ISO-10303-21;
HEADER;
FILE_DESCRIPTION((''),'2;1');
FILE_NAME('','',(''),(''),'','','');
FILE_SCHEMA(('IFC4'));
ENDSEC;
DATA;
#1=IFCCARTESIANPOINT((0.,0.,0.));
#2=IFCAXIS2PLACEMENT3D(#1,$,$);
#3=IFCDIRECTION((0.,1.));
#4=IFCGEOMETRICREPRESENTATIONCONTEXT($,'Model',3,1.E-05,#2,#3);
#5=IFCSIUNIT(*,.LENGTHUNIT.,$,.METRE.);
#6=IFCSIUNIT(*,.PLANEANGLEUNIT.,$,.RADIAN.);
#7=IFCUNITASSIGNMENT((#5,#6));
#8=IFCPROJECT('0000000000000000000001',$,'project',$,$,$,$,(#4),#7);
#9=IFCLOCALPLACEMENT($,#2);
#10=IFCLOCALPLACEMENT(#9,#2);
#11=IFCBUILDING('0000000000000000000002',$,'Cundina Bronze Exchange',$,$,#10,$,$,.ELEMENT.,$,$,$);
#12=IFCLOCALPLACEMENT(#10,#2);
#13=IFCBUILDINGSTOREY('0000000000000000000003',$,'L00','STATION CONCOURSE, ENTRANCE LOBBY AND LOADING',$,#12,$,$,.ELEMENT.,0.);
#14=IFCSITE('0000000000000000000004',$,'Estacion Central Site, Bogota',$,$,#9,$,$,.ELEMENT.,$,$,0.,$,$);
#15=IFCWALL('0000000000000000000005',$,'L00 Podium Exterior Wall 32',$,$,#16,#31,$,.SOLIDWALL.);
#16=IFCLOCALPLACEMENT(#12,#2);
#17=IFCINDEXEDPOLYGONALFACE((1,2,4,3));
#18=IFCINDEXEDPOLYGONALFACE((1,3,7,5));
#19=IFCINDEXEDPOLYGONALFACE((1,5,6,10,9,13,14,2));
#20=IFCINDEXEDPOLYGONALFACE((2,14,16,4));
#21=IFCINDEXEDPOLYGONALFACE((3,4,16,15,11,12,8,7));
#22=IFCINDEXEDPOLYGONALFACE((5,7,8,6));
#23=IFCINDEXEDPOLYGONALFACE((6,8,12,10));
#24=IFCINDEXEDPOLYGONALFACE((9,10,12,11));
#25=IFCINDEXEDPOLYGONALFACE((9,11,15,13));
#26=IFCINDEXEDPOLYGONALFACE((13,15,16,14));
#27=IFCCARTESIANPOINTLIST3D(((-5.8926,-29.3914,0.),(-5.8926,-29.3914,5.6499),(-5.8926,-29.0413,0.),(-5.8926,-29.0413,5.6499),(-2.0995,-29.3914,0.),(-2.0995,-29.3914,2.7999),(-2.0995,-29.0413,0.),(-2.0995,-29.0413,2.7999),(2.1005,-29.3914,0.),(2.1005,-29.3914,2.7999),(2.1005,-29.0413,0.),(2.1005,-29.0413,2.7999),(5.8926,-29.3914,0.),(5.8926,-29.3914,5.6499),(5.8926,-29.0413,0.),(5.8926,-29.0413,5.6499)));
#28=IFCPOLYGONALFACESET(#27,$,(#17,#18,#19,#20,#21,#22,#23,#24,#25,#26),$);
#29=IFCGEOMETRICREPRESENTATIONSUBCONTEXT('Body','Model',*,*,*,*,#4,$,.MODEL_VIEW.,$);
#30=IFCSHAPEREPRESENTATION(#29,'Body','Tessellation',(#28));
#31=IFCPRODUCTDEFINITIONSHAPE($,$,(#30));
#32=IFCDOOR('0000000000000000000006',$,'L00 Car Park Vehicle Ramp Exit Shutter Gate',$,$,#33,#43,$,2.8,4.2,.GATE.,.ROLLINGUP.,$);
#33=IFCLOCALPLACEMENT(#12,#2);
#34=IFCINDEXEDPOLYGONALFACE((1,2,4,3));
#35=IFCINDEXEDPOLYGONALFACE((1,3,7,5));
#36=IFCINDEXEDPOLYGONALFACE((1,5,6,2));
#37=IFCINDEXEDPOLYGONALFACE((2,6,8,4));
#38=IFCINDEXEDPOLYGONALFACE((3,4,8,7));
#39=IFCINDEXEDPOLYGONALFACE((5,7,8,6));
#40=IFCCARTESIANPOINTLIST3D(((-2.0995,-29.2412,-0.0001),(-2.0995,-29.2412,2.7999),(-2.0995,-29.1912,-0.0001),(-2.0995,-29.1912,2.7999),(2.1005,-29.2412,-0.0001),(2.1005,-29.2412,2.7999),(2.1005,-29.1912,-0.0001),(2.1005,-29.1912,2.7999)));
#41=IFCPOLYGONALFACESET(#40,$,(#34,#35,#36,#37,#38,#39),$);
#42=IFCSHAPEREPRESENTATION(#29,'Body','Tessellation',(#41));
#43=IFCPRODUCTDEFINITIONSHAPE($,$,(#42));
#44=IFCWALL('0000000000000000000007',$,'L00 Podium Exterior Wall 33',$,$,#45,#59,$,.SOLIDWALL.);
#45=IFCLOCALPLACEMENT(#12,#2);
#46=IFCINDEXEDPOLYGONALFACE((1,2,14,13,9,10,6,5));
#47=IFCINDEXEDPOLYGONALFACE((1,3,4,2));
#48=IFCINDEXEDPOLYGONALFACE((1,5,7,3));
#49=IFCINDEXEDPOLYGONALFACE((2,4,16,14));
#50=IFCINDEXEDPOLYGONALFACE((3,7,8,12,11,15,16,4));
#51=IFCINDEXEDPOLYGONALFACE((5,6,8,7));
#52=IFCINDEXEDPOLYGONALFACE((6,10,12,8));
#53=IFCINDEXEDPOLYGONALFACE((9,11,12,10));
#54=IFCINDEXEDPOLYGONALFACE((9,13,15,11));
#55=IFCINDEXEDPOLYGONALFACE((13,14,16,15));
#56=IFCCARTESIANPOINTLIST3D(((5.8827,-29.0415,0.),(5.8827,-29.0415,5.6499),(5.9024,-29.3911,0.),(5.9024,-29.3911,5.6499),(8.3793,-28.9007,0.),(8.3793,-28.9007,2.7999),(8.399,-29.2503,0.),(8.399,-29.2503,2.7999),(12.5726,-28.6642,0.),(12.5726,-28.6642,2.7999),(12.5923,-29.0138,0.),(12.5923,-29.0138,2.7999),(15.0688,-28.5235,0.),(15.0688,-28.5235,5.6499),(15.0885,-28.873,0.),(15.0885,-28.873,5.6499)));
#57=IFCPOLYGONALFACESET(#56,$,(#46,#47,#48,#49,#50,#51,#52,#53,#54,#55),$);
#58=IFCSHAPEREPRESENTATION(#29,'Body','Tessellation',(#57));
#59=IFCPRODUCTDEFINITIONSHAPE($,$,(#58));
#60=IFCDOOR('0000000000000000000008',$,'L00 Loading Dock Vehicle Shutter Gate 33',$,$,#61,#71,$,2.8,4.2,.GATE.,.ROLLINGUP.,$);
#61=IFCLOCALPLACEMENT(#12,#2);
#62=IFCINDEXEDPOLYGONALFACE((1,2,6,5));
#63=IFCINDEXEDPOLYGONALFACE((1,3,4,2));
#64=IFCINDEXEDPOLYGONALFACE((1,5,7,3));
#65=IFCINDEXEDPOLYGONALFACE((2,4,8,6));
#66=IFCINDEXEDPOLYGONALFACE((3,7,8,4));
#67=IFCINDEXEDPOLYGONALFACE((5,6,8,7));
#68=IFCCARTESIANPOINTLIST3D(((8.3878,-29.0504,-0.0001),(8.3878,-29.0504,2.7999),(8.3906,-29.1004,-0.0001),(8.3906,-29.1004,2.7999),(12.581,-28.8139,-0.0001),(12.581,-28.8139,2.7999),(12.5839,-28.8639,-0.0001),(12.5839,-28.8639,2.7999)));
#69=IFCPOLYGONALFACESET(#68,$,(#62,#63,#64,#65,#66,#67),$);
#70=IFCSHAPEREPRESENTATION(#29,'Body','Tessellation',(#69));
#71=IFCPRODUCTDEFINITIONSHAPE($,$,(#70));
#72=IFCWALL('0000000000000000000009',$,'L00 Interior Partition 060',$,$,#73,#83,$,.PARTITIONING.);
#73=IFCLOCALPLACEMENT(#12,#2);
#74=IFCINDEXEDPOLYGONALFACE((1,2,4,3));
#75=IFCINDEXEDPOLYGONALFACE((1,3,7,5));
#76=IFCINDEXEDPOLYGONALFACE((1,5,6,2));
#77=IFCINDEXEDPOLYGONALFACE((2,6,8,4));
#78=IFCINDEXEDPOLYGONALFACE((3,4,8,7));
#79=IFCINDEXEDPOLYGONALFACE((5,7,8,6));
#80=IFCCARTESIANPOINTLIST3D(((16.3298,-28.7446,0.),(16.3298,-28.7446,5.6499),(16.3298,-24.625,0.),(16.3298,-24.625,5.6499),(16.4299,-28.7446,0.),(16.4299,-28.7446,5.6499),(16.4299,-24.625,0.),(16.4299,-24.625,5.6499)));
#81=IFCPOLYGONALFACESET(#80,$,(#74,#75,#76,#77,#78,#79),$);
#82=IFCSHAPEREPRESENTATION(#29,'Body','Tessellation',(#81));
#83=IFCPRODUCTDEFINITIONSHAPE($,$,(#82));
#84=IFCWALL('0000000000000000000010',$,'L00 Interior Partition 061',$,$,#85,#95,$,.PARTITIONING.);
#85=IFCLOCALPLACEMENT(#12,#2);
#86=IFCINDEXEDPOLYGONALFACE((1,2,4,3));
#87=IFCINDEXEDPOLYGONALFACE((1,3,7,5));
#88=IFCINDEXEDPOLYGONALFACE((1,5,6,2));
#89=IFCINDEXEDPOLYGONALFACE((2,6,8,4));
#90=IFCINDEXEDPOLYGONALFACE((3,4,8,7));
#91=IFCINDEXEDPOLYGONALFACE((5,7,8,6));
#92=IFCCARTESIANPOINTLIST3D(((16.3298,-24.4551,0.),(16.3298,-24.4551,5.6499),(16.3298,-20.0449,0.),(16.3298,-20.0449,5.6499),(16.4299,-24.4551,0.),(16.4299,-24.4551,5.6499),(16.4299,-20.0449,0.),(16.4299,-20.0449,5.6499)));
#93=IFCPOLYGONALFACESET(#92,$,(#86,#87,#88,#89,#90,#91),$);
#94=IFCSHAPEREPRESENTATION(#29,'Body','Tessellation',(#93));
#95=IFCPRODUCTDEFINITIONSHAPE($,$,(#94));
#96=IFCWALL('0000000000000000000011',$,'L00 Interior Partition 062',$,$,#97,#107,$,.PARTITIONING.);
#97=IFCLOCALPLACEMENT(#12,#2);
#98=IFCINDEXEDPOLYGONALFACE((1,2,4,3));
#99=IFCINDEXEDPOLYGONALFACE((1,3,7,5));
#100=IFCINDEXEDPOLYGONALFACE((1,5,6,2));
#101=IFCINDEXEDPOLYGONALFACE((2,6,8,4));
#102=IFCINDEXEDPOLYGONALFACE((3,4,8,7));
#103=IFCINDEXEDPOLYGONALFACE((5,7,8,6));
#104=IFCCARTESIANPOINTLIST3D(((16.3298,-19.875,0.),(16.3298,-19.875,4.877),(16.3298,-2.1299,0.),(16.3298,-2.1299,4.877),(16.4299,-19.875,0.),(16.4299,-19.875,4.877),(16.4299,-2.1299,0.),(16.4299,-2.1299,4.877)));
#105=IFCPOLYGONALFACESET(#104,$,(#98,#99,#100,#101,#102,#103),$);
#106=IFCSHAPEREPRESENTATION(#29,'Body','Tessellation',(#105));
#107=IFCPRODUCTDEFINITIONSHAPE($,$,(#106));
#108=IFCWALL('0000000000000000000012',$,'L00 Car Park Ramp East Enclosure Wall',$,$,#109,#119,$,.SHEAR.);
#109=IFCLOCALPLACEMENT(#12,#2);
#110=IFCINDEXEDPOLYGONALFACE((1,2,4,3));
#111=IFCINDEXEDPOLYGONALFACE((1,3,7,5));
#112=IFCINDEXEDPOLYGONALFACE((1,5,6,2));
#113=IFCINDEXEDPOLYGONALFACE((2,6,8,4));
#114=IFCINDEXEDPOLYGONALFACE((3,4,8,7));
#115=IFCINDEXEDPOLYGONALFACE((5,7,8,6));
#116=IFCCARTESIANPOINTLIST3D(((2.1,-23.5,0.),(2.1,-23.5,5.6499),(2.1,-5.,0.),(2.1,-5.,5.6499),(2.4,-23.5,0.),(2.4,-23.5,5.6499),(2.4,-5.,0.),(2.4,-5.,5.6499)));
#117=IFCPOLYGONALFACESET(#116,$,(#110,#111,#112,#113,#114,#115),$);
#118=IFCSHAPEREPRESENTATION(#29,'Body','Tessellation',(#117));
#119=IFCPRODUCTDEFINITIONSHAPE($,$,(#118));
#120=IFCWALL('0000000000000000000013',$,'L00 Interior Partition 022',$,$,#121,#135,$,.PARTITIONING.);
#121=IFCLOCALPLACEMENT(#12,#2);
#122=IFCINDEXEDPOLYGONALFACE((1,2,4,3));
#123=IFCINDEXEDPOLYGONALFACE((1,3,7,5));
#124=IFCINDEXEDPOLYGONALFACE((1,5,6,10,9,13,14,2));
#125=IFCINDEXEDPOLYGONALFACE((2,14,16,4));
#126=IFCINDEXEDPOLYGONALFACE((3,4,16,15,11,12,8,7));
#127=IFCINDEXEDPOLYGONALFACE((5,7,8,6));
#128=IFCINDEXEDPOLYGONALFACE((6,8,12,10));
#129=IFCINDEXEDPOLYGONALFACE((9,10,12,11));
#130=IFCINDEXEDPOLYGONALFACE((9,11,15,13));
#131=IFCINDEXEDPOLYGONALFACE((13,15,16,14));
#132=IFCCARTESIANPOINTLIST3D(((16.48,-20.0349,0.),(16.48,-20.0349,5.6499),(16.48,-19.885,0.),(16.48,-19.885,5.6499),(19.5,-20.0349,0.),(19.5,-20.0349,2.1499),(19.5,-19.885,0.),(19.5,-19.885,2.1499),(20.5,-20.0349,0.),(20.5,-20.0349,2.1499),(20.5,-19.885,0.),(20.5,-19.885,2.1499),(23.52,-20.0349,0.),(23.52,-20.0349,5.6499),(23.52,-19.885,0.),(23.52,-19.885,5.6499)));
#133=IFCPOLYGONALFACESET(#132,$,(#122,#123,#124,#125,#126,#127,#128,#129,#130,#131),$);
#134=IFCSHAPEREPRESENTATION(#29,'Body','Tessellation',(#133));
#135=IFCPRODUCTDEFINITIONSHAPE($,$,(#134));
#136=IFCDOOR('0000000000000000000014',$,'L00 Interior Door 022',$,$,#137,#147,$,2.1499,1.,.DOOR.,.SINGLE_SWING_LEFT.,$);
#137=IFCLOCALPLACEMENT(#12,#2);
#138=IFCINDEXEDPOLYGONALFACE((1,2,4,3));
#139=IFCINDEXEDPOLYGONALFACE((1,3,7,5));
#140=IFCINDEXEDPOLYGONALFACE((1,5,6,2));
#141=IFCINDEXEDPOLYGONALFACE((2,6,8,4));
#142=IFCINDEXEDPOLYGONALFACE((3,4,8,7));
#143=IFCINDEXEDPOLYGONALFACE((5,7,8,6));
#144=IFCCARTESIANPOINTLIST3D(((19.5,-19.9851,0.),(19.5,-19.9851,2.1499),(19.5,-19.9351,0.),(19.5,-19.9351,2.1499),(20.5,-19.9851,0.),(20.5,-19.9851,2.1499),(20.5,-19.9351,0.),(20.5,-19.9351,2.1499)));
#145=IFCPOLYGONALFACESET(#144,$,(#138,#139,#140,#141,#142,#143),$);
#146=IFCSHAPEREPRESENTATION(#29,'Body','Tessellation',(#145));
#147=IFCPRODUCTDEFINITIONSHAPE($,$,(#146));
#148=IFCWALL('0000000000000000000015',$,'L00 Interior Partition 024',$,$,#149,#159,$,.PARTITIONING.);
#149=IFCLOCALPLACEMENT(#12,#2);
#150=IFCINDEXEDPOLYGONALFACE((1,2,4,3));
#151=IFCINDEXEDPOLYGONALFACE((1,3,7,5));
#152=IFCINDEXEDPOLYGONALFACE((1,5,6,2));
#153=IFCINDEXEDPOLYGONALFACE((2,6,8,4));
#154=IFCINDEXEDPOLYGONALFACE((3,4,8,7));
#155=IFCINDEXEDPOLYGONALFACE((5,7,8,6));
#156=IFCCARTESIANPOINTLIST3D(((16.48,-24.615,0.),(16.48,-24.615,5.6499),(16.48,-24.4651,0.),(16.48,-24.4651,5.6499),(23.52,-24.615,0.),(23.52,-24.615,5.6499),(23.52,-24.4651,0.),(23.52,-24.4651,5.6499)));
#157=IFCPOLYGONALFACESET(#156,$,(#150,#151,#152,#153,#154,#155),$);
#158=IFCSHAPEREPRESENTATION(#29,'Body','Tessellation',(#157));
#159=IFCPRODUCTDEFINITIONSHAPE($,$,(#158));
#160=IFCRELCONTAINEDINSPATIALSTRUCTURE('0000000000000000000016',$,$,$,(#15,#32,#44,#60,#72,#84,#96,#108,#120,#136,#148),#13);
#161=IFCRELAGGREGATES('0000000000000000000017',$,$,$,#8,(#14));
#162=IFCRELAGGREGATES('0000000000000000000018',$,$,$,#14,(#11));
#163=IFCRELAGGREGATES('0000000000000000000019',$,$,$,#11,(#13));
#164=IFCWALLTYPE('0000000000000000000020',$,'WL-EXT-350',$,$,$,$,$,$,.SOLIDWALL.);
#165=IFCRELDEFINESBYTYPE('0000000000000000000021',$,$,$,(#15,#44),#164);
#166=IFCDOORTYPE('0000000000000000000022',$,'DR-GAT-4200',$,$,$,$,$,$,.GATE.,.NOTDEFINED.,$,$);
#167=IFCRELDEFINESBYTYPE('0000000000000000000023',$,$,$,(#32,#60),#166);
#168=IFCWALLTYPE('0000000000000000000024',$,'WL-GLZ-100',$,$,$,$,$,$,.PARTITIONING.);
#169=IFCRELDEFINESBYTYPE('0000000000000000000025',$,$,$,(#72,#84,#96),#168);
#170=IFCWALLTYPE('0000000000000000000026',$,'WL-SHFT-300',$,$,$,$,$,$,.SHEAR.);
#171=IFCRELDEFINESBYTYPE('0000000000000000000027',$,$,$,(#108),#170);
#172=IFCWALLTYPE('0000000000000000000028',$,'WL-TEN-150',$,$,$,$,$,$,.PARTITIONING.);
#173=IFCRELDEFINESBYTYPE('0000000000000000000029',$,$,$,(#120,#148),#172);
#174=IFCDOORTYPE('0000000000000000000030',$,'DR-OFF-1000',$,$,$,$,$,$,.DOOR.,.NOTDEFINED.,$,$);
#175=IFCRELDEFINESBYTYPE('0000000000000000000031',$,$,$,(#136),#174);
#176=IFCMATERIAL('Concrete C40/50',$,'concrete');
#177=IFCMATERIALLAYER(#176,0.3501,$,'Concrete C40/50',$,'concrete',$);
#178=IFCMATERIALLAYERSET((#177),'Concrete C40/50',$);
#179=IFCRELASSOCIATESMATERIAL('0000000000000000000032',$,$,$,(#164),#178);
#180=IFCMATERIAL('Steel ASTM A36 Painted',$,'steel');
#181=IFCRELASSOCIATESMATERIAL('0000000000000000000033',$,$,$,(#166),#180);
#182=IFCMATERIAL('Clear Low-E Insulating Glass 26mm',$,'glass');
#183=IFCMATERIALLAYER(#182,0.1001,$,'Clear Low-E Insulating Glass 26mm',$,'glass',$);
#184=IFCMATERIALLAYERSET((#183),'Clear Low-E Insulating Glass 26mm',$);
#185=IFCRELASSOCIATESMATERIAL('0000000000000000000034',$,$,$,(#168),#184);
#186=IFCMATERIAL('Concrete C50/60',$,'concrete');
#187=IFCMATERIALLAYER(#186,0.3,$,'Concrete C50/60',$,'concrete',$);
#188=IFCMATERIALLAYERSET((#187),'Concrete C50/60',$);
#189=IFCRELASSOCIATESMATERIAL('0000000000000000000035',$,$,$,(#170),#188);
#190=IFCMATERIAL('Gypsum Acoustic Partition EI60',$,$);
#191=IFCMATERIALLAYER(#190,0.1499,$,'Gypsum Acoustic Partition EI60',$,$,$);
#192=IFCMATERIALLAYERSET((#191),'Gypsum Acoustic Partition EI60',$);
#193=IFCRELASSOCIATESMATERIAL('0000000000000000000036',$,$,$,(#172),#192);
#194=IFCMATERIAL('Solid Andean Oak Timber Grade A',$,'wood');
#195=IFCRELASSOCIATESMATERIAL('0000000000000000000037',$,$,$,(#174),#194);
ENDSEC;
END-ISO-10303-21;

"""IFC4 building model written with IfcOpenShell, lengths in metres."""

from ifc_helpers import new_model, si_unit, direction, frame, frame_2d, origin, place, context, subcontext, project, spatial, rectangle, extrude, material, layer, layer_set, type_object, element, fill, save


model = new_model("IFC4")

# Units and contexts
model_context = context("Model", 3, precision=1e-05, world=origin(), true_north=direction((0.0, 1.0)))
body_context = subcontext(model_context, "Body", "Model", "MODEL_VIEW")
ifc_project = project(units=[si_unit("LENGTHUNIT", "METRE"), si_unit("PLANEANGLEUNIT", "RADIAN")], contexts=[model_context])

# Site, building, storey
site_placement = place(None, origin())
site = spatial("IfcSite", under=ifc_project, at=site_placement, Name="Estacion Central Site, Bogota", CompositionType="ELEMENT", RefElevation=0.0)
building_placement = place(site_placement, origin())
building = spatial("IfcBuilding", under=site, at=building_placement, Name="Cundina Bronze Exchange", CompositionType="ELEMENT")
storey_placement = place(building_placement, origin())
storey = spatial("IfcBuildingStorey", under=building, at=storey_placement, Name="L00", Description="STATION CONCOURSE, ENTRANCE LOBBY AND LOADING", CompositionType="ELEMENT", Elevation=0.0)

# Shared definitions
ifc_material_1 = material(Name="Concrete C50/60", Category="concrete")

# Shared definitions
ifc_material_2 = material(Name="Steel ASTM A36 Painted", Category="steel")

# Shared definitions
ifc_material_3 = material(Name="Solid Andean Oak Timber Grade A", Category="wood")

# Walls, openings, doors
ifc_material_4 = material(Name="Concrete C40/50", Category="concrete")
ifc_layer_1 = layer(ifc_material_4, 0.3501, Name="Concrete C40/50", Category="concrete")
ifc_layer_set_1 = layer_set([ifc_layer_1], Name="Concrete C40/50")
wall_type_1 = type_object("IfcWallType", Name="WL-EXT-350", PredefinedType="SOLIDWALL", material=ifc_layer_set_1)
wall_1_placement = place(storey_placement, frame((5.8926, -29.2163, 0.0), z_axis=(0.0, 0.0, 1.0), x_axis=(-1.0, 0.0, 0.0)))
wall_1 = element("IfcWall", 1, at=wall_1_placement, inside=storey, type_object=wall_type_1, Name="L00 Podium Exterior Wall 32", PredefinedType="SOLIDWALL", context=body_context, shape_type="SweptSolid", body=[
    extrude(rectangle(XDim=11.7852, YDim=0.3501, at=frame_2d((5.8926, 0.0))), origin(), (0.0, 0.0, 1.0), 5.6499),
])
opening_1_placement = place(wall_1_placement, frame((3.792, 0.0, 0.0)))
opening_1 = element("IfcOpeningElement", 2, at=opening_1_placement, cuts=wall_1, PredefinedType="OPENING", context=body_context, shape_type="SweptSolid", body=[
    extrude(rectangle(XDim=4.2, YDim=2.8, at=frame_2d((2.1001, 1.3999))), frame((0.0, 0.1851, 0.0), z_axis=(0.0, -1.0, 0.0), x_axis=(1.0, 0.0, 0.0)), (0.0, 0.0, 1.0), 0.3701),
])
door_type_1 = type_object("IfcDoorType", Name="DR-GAT-4200", OperationType="NOTDEFINED", PredefinedType="GATE", material=ifc_material_2)
door_1_placement = place(opening_1_placement, origin())
door_1 = element("IfcDoor", 3, at=door_1_placement, inside=storey, type_object=door_type_1, Name="L00 Car Park Vehicle Ramp Exit Shutter Gate", OperationType="ROLLINGUP", OverallHeight=2.8, OverallWidth=4.2, PredefinedType="GATE", context=body_context, shape_type="SweptSolid", body=[
    extrude(rectangle(XDim=4.2, YDim=2.8, at=frame_2d((2.1001, 1.3999))), frame((0.0, 0.0249, 0.0), z_axis=(0.0, -1.0, 0.0), x_axis=(1.0, 0.0, 0.0)), (0.0, 0.0, 1.0), 0.05),
])
fill(opening_1, door_1)
wall_2_placement = place(storey_placement, frame((15.0786, -28.6982, 0.0), z_axis=(0.0, 0.0, 1.0), x_axis=(-0.998413, -0.056308, 0.0)))
wall_2 = element("IfcWall", 4, at=wall_2_placement, inside=storey, type_object=wall_type_1, Name="L00 Podium Exterior Wall 33", PredefinedType="SOLIDWALL", context=body_context, shape_type="SweptSolid", body=[
    extrude(rectangle(XDim=9.2007, YDim=0.3501, at=frame_2d((4.6003, 0.0))), origin(), (0.0, 0.0, 1.0), 5.6499),
])
opening_2_placement = place(wall_2_placement, frame((2.5, 0.0, 0.0)))
opening_2 = element("IfcOpeningElement", 5, at=opening_2_placement, cuts=wall_2, PredefinedType="OPENING", context=body_context, shape_type="SweptSolid", body=[
    extrude(rectangle(XDim=4.2, YDim=2.8, at=frame_2d((2.1001, 1.3999))), frame((0.0, 0.1851, 0.0), z_axis=(0.0, -1.0, 0.0), x_axis=(1.0, 0.0, 0.0)), (0.0, 0.0, 1.0), 0.3701),
])
door_2_placement = place(opening_2_placement, origin())
door_2 = element("IfcDoor", 6, at=door_2_placement, inside=storey, type_object=door_type_1, Name="L00 Loading Dock Vehicle Shutter Gate 33", OperationType="ROLLINGUP", OverallHeight=2.8, OverallWidth=4.2, PredefinedType="GATE", context=body_context, shape_type="SweptSolid", body=[
    extrude(rectangle(XDim=4.2, YDim=2.8, at=frame_2d((2.1001, 1.3999))), frame((0.0, 0.0249, 0.0), z_axis=(0.0, -1.0, 0.0), x_axis=(1.0, 0.0, 0.0)), (0.0, 0.0, 1.0), 0.05),
])
fill(opening_2, door_2)

# Walls
ifc_material_5 = material(Name="Clear Low-E Insulating Glass 26mm", Category="glass")
ifc_layer_2 = layer(ifc_material_5, 0.1001, Name="Clear Low-E Insulating Glass 26mm", Category="glass")
ifc_layer_set_2 = layer_set([ifc_layer_2], Name="Clear Low-E Insulating Glass 26mm")
wall_type_2 = type_object("IfcWallType", Name="WL-GLZ-100", PredefinedType="PARTITIONING", material=ifc_layer_set_2)
wall_3_placement = place(storey_placement, frame((16.3799, -28.7446, 0.0), z_axis=(0.0, 0.0, 1.0), x_axis=(0.0, 1.0, 0.0)))
element("IfcWall", 7, at=wall_3_placement, inside=storey, type_object=wall_type_2, Name="L00 Interior Partition 060", PredefinedType="PARTITIONING", context=body_context, shape_type="SweptSolid", body=[
    extrude(rectangle(XDim=4.1196, YDim=0.1001, at=frame_2d((2.0598, 0.0))), origin(), (0.0, 0.0, 1.0), 5.6499),
])
wall_4_placement = place(storey_placement, frame((16.3799, -24.4551, 0.0), z_axis=(0.0, 0.0, 1.0), x_axis=(0.0, 1.0, 0.0)))
element("IfcWall", 8, at=wall_4_placement, inside=storey, type_object=wall_type_2, Name="L00 Interior Partition 061", PredefinedType="PARTITIONING", context=body_context, shape_type="SweptSolid", body=[
    extrude(rectangle(XDim=4.4102, YDim=0.1001, at=frame_2d((2.2051, 0.0))), origin(), (0.0, 0.0, 1.0), 5.6499),
])
wall_5_placement = place(storey_placement, frame((16.3799, -19.875, 0.0), z_axis=(0.0, 0.0, 1.0), x_axis=(0.0, 1.0, 0.0)))
element("IfcWall", 9, at=wall_5_placement, inside=storey, type_object=wall_type_2, Name="L00 Interior Partition 062", PredefinedType="PARTITIONING", context=body_context, shape_type="SweptSolid", body=[
    extrude(rectangle(XDim=17.7451, YDim=0.1001, at=frame_2d((8.8726, 0.0))), origin(), (0.0, 0.0, 1.0), 4.877),
])
ifc_layer_3 = layer(ifc_material_1, 0.3, Name="Concrete C50/60", Category="concrete")
ifc_layer_set_3 = layer_set([ifc_layer_3], Name="Concrete C50/60")
wall_type_3 = type_object("IfcWallType", Name="WL-SHFT-300", PredefinedType="SHEAR", material=ifc_layer_set_3)
wall_6_placement = place(storey_placement, frame((2.25, -23.5, 0.0), z_axis=(0.0, 0.0, 1.0), x_axis=(0.0, 1.0, 0.0)))
element("IfcWall", 10, at=wall_6_placement, inside=storey, type_object=wall_type_3, Name="L00 Car Park Ramp East Enclosure Wall", PredefinedType="SHEAR", context=body_context, shape_type="SweptSolid", body=[
    extrude(rectangle(XDim=18.5, YDim=0.3, at=frame_2d((9.25, 0.0))), origin(), (0.0, 0.0, 1.0), 5.6499),
])

# Wall, opening, door
ifc_material_6 = material(Name="Gypsum Acoustic Partition EI60")
ifc_layer_4 = layer(ifc_material_6, 0.1499, Name="Gypsum Acoustic Partition EI60")
ifc_layer_set_4 = layer_set([ifc_layer_4], Name="Gypsum Acoustic Partition EI60")
wall_type_4 = type_object("IfcWallType", Name="WL-TEN-150", PredefinedType="PARTITIONING", material=ifc_layer_set_4)
wall_7_placement = place(storey_placement, frame((16.48, -19.96, 0.0), z_axis=(0.0, 0.0, 1.0), x_axis=(1.0, 0.0, 0.0)))
wall_7 = element("IfcWall", 11, at=wall_7_placement, inside=storey, type_object=wall_type_4, Name="L00 Interior Partition 022", PredefinedType="PARTITIONING", context=body_context, shape_type="SweptSolid", body=[
    extrude(rectangle(XDim=7.04, YDim=0.1499, at=frame_2d((3.52, 0.0))), origin(), (0.0, 0.0, 1.0), 5.6499),
])
opening_3_placement = place(wall_7_placement, frame((3.02, 0.0, 0.0)))
opening_3 = element("IfcOpeningElement", 12, at=opening_3_placement, cuts=wall_7, PredefinedType="OPENING", context=body_context, shape_type="SweptSolid", body=[
    extrude(rectangle(XDim=1.0, YDim=2.1499, at=frame_2d((0.5, 1.075))), frame((0.0, 0.085, 0.0), z_axis=(0.0, -1.0, 0.0), x_axis=(1.0, 0.0, 0.0)), (0.0, 0.0, 1.0), 0.1699),
])
door_type_2 = type_object("IfcDoorType", Name="DR-OFF-1000", OperationType="NOTDEFINED", PredefinedType="DOOR", material=ifc_material_3)
door_3_placement = place(opening_3_placement, origin())
door_3 = element("IfcDoor", 13, at=door_3_placement, inside=storey, type_object=door_type_2, Name="L00 Interior Door 022", OperationType="SINGLE_SWING_LEFT", OverallHeight=2.1499, OverallWidth=1.0, PredefinedType="DOOR", context=body_context, shape_type="SweptSolid", body=[
    extrude(rectangle(XDim=1.0, YDim=2.1499, at=frame_2d((0.5, 1.075))), frame((0.0, 0.0249, 0.0), z_axis=(0.0, -1.0, 0.0), x_axis=(1.0, 0.0, 0.0)), (0.0, 0.0, 1.0), 0.05),
])
fill(opening_3, door_3)

# Wall
wall_8_placement = place(storey_placement, frame((16.48, -24.54, 0.0), z_axis=(0.0, 0.0, 1.0), x_axis=(1.0, 0.0, 0.0)))
element("IfcWall", 14, at=wall_8_placement, inside=storey, type_object=wall_type_4, Name="L00 Interior Partition 024", PredefinedType="PARTITIONING", context=body_context, shape_type="SweptSolid", body=[
    extrude(rectangle(XDim=7.04, YDim=0.1499, at=frame_2d((3.52, 0.0))), origin(), (0.0, 0.0, 1.0), 5.6499),
])

save(model, "model.ifc")
